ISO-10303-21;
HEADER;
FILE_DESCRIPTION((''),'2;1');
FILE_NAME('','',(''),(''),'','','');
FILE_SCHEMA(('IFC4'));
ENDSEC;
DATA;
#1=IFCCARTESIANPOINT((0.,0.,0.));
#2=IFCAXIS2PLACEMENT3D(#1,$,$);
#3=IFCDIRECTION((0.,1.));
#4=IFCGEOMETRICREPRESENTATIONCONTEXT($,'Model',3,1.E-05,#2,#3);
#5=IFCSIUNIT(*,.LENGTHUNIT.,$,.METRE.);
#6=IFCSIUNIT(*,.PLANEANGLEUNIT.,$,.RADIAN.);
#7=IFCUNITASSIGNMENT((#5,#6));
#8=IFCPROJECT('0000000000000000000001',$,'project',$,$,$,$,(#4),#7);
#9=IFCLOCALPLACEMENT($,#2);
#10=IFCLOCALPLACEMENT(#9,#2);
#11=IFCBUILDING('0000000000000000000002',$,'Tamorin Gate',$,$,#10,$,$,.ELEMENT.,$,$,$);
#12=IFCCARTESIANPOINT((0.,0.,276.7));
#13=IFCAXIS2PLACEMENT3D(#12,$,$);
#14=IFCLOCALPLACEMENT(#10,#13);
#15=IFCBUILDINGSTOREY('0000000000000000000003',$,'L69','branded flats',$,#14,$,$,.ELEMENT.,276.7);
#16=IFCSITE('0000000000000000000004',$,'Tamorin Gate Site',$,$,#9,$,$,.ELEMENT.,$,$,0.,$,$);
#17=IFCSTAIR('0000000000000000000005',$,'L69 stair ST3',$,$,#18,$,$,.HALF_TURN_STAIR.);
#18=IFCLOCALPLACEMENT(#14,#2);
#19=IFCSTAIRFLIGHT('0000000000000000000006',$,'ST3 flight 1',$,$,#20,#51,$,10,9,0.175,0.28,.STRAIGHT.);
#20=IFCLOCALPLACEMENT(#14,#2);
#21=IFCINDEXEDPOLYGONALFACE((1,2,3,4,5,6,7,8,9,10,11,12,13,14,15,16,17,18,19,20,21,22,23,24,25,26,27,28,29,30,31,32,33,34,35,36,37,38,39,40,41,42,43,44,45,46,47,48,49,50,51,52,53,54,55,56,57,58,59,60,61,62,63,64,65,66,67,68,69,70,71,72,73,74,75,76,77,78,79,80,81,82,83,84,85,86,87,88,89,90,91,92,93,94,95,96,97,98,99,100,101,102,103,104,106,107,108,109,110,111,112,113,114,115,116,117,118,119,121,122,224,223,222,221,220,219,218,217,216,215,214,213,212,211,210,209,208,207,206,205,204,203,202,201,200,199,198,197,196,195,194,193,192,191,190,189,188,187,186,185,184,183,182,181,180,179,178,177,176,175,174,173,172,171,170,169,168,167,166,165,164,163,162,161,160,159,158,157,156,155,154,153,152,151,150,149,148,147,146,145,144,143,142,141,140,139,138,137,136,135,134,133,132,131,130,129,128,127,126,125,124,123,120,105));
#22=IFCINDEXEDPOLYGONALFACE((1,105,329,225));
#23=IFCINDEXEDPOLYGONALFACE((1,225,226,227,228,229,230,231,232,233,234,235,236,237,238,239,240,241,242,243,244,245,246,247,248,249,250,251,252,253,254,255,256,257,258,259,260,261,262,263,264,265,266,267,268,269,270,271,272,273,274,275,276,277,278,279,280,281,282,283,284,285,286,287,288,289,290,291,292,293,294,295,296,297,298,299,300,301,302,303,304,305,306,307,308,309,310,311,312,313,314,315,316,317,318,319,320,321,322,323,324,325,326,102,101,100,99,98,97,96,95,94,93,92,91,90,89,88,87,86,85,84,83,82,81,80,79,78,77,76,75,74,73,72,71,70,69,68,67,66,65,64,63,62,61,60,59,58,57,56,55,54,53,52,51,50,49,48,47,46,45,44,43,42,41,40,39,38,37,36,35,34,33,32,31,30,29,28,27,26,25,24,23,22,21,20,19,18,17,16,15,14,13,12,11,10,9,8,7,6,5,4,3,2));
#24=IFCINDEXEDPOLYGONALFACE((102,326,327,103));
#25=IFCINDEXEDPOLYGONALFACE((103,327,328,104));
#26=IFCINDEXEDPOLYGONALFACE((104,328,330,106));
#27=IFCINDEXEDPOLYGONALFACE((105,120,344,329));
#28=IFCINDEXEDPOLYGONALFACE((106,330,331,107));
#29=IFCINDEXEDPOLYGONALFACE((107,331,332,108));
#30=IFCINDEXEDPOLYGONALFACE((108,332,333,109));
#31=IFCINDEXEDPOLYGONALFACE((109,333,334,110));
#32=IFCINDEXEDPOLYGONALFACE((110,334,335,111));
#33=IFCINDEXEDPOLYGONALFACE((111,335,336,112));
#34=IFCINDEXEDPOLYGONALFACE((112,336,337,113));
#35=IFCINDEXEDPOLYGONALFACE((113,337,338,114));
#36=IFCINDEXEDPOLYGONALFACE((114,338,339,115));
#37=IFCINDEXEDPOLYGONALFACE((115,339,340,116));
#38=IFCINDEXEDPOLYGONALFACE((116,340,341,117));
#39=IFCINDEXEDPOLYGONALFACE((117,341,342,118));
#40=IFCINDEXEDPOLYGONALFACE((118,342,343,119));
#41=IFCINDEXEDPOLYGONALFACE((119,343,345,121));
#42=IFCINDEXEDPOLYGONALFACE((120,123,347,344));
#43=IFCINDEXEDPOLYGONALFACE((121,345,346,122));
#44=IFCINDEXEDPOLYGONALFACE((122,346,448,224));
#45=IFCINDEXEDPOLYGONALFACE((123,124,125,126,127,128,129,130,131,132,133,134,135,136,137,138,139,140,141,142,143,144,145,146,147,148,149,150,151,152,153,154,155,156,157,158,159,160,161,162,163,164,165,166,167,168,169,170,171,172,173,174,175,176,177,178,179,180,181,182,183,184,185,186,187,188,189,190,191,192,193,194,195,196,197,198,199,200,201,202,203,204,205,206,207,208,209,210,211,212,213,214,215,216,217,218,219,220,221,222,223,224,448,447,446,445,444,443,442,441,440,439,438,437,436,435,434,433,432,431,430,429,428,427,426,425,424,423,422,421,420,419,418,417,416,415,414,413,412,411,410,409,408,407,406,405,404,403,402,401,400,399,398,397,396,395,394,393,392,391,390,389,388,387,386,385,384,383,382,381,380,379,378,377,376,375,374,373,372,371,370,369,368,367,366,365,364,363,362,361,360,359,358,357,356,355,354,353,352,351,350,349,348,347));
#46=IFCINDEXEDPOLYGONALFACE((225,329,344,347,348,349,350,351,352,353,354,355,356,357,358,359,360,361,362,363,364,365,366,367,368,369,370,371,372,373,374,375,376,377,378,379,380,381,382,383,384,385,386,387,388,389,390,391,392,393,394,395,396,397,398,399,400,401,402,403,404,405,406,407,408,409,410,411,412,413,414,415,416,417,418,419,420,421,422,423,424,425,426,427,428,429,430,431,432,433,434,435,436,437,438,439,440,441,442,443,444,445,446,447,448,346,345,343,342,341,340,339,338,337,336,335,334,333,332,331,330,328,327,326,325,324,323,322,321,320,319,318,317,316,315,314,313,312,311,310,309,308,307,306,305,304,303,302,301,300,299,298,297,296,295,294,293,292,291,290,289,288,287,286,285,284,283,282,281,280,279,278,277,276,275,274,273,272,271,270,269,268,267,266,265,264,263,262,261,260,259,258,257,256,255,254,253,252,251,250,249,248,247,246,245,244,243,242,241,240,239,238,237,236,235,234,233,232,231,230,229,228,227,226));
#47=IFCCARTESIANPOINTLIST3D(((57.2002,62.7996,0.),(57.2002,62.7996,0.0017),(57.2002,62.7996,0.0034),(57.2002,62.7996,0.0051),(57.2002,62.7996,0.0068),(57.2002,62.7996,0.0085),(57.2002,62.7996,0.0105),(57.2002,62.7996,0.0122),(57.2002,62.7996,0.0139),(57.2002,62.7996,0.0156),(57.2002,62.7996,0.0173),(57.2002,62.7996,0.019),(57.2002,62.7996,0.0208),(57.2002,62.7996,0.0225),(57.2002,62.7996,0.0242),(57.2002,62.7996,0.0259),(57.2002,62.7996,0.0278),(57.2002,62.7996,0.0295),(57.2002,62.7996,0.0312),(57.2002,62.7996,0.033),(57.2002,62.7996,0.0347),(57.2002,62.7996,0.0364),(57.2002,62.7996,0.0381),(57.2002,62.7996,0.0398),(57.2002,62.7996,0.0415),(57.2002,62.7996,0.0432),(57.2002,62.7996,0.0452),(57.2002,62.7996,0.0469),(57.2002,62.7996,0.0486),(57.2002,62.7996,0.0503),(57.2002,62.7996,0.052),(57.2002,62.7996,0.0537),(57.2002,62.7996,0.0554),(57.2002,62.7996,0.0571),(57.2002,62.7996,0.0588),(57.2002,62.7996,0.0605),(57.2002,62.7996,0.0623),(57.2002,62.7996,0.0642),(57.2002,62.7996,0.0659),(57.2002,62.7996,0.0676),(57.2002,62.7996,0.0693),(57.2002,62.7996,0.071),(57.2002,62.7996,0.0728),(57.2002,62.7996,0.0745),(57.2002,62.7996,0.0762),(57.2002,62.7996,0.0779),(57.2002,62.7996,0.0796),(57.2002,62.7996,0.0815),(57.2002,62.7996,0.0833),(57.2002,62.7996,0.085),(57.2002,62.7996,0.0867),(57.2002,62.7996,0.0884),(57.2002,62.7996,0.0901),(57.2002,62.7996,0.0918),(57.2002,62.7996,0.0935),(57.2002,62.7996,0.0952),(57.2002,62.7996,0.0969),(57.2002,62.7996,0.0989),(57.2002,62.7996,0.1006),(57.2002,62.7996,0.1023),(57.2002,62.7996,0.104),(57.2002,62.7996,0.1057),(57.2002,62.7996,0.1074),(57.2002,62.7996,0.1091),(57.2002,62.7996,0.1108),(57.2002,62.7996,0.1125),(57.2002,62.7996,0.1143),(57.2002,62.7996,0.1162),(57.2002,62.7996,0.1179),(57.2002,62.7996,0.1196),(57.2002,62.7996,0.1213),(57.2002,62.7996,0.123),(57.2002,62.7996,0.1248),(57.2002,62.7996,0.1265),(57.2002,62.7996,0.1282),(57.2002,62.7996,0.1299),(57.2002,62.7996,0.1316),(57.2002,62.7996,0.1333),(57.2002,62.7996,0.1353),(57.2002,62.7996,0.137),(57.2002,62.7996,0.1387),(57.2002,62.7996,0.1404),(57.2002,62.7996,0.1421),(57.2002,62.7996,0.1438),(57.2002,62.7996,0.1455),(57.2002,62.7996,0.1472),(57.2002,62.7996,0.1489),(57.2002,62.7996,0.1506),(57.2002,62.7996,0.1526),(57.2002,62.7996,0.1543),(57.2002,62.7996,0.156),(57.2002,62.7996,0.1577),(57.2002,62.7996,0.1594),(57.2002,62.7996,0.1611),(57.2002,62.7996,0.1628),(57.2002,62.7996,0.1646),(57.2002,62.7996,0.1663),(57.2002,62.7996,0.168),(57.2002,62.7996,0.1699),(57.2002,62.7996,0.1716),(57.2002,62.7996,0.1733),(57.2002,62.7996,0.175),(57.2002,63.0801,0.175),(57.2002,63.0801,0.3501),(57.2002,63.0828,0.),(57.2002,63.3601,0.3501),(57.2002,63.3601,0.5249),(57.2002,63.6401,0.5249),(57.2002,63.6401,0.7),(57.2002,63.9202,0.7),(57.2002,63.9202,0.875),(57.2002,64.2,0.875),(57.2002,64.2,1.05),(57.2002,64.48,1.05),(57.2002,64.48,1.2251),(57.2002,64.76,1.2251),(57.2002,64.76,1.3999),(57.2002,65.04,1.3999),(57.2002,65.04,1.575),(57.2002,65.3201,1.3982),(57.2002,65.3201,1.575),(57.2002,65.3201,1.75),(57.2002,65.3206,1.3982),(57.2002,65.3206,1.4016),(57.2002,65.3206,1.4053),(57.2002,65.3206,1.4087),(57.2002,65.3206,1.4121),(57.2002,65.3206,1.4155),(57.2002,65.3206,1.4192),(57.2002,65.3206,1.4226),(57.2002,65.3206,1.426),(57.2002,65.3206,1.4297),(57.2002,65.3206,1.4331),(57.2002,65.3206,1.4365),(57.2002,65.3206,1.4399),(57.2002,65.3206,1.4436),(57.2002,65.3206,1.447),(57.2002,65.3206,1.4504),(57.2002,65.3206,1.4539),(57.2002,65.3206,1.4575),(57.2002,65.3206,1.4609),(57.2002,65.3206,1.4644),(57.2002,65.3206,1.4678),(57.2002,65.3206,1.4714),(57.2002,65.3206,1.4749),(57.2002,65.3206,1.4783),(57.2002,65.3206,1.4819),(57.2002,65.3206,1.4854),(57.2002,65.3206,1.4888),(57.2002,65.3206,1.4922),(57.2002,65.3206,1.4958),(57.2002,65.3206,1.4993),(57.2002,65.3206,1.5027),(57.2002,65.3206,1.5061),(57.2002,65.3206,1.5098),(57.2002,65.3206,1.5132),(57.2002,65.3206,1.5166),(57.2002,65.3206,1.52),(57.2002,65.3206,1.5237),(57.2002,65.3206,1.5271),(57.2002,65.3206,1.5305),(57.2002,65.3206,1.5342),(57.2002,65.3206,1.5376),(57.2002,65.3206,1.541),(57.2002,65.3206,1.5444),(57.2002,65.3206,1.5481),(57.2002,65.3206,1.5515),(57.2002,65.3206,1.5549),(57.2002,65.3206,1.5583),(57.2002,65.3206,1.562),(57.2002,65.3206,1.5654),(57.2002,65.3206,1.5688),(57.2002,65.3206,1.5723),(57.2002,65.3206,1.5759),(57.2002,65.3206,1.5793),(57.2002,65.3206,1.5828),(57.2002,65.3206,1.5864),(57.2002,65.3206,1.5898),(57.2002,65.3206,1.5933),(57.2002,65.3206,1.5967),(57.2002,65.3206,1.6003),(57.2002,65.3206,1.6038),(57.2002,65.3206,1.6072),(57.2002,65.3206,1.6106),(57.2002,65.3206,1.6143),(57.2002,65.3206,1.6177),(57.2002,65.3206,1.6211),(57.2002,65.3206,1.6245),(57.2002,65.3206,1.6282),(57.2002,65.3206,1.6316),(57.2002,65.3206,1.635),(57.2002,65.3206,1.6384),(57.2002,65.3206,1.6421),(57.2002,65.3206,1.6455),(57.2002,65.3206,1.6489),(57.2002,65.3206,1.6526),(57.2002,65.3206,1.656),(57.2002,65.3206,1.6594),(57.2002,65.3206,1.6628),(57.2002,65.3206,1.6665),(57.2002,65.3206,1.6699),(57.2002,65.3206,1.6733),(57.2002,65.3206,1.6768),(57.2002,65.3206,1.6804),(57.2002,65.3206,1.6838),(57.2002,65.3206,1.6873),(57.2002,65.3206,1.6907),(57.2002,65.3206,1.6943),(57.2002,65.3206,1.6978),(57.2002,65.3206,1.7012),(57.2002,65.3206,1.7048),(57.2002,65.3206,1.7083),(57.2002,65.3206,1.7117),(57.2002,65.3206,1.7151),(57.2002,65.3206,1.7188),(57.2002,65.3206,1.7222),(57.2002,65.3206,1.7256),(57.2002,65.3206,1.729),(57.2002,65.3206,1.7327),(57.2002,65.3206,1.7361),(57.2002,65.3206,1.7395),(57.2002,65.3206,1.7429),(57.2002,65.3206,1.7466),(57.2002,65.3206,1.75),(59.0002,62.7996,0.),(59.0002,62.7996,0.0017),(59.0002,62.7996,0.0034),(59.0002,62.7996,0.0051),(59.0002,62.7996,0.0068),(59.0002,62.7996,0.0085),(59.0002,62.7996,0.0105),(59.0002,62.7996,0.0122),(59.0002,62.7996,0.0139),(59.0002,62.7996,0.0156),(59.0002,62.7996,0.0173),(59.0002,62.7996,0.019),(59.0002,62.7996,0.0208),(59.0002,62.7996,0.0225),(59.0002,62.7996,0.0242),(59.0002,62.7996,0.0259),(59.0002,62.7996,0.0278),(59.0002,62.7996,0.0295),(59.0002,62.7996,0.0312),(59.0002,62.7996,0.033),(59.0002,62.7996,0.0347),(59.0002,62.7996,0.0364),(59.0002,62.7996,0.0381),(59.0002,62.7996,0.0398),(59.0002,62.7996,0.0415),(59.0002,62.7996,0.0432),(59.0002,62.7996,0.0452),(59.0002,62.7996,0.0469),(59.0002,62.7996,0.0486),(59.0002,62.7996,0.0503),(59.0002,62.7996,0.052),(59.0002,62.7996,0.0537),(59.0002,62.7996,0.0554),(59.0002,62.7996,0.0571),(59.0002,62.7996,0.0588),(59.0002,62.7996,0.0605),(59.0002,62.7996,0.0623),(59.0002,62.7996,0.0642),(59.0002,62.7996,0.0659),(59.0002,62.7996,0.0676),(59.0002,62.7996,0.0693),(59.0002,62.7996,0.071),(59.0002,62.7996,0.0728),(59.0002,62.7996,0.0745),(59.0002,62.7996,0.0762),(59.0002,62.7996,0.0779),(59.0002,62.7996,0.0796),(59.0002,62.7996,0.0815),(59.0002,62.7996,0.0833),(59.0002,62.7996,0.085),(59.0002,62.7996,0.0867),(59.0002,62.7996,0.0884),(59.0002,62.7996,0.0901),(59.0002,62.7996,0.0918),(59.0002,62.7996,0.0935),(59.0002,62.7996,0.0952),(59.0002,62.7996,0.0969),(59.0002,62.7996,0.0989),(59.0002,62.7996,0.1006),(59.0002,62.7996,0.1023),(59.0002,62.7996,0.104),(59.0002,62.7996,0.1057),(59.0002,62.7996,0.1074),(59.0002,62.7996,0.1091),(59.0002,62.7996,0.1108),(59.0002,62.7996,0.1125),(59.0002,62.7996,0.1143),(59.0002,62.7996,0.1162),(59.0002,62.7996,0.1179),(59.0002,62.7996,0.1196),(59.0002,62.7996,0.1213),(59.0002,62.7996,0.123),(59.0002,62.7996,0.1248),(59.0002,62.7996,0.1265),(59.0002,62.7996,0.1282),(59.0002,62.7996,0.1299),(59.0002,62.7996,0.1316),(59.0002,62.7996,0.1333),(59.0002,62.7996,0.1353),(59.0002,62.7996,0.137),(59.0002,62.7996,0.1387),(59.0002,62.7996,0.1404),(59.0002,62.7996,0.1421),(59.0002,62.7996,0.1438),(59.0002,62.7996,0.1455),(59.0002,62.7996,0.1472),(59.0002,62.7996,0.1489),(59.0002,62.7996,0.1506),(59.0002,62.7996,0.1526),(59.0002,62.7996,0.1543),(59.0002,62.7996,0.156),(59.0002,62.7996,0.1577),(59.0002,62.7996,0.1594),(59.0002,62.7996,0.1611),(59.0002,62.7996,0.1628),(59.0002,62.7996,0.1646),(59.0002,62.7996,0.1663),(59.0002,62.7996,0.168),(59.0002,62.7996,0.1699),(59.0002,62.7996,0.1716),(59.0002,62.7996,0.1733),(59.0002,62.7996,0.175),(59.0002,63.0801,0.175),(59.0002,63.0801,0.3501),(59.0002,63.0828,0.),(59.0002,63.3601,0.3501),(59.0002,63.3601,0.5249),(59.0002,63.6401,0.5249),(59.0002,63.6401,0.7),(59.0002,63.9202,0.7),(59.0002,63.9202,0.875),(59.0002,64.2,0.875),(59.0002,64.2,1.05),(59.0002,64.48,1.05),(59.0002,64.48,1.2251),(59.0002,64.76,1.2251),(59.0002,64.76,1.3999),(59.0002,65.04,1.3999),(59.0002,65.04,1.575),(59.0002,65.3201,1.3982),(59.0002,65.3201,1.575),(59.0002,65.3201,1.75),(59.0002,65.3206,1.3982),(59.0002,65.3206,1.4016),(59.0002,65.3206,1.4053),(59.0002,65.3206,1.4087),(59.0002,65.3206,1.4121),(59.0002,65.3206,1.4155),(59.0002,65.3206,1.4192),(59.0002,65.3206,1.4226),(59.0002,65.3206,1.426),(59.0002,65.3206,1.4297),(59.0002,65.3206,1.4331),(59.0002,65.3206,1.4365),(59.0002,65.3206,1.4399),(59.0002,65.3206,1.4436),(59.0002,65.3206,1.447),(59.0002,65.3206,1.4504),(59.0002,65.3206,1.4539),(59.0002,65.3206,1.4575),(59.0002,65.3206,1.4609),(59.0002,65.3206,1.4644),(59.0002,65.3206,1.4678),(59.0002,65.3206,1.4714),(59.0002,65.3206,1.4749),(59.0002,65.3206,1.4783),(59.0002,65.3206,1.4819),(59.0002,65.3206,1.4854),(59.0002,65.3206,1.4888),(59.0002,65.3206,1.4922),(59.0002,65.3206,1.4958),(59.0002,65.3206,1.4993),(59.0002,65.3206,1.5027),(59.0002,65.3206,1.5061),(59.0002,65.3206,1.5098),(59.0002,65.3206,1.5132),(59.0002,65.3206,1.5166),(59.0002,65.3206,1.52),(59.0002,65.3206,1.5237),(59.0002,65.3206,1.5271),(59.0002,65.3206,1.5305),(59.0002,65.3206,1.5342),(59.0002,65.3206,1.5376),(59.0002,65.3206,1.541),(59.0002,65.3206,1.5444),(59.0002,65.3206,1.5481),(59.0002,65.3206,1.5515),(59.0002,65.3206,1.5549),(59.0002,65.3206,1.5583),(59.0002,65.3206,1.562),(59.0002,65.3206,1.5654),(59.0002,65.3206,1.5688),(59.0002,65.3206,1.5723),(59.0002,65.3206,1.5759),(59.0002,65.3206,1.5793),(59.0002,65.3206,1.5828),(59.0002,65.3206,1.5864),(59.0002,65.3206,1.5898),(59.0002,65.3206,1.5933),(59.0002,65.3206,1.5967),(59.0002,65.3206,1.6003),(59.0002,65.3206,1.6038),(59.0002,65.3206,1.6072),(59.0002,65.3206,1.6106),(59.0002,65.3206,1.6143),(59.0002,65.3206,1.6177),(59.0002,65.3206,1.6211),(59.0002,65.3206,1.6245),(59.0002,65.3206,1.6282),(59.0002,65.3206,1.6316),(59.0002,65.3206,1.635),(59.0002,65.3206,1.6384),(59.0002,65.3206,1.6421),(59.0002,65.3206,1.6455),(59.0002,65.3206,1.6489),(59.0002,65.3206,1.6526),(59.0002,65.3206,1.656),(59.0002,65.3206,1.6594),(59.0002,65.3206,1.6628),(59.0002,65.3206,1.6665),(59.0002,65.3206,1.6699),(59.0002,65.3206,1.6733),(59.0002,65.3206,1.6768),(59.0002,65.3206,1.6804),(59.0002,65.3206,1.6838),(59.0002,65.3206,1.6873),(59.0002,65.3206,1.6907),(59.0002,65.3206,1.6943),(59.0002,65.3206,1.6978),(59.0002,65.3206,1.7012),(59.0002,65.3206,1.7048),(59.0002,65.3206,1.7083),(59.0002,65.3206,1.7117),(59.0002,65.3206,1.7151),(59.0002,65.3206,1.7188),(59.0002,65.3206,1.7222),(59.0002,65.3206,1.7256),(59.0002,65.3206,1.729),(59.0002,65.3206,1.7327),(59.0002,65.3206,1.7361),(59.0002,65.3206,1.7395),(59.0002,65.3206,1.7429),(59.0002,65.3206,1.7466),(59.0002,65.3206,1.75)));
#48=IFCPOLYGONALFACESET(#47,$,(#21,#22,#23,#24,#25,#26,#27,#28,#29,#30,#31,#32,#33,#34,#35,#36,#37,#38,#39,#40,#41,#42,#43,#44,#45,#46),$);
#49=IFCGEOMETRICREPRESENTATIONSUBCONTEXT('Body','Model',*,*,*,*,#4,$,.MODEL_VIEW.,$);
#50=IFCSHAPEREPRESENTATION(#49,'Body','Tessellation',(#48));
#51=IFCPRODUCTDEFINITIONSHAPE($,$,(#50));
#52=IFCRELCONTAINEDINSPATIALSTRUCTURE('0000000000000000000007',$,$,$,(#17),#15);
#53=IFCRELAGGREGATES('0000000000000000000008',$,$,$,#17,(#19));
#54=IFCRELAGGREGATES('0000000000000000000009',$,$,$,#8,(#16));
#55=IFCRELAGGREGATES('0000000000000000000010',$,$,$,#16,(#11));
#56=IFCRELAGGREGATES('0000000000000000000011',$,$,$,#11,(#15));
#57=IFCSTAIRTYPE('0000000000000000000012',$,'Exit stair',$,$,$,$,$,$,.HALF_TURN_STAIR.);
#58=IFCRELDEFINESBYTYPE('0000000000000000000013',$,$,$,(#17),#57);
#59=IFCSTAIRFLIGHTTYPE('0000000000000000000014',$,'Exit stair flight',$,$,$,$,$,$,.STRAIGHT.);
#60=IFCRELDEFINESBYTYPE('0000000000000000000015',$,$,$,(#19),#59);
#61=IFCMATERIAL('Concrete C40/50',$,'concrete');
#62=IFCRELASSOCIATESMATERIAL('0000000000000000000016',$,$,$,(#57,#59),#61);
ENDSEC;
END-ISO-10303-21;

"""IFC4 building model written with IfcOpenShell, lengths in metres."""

from ifc_helpers import new_model, si_unit, direction, frame, origin, place, context, subcontext, project, spatial, polyline, outline, extrude, material, type_object, element, aggregate, save


model = new_model("IFC4")

# Units and contexts
model_context = context("Model", 3, precision=1e-05, world=origin(), true_north=direction((0.0, 1.0)))
body_context = subcontext(model_context, "Body", "Model", "MODEL_VIEW")
ifc_project = project(units=[si_unit("LENGTHUNIT", "METRE"), si_unit("PLANEANGLEUNIT", "RADIAN")], contexts=[model_context])

# Site, building, storey
site_placement = place(None, origin())
site = spatial("IfcSite", under=ifc_project, at=site_placement, Name="Tamorin Gate Site", CompositionType="ELEMENT", RefElevation=0.0)
building_placement = place(site_placement, origin())
building = spatial("IfcBuilding", under=site, at=building_placement, Name="Tamorin Gate", CompositionType="ELEMENT")
storey_placement = place(building_placement, frame((0.0, 0.0, 276.7)))
storey = spatial("IfcBuildingStorey", under=building, at=storey_placement, Name="L69", Description="branded flats", CompositionType="ELEMENT", Elevation=276.7)

# Stair, stair flight
ifc_material_1 = material(Name="Concrete C40/50", Category="concrete")
stair_type = type_object("IfcStairType", Name="Exit stair", PredefinedType="HALF_TURN_STAIR", material=ifc_material_1)
stair_placement = place(storey_placement, origin())
stair = element("IfcStair", 1, at=stair_placement, inside=storey, type_object=stair_type, Name="L69 stair ST3", PredefinedType="HALF_TURN_STAIR")
stair_flight_type = type_object("IfcStairFlightType", Name="Exit stair flight", PredefinedType="STRAIGHT", material=ifc_material_1)
stair_flight_placement = place(storey_placement, frame((58.1001, 62.8, 0.0), z_axis=(0.0, 0.0, 1.0), x_axis=(0.0, 1.0, 0.0)))
stair_flight = element("IfcStairFlight", 2, at=stair_flight_placement, type_object=stair_flight_type, Name="ST3 flight 1", NumberOfRisers=10, NumberOfTreads=9, PredefinedType="STRAIGHT", RiserHeight=0.175, TreadLength=0.28, context=body_context, shape_type="SweptSolid", body=[
    extrude(outline(polyline([(-0.0005, 0.0), (-0.0005, 0.0017), (-0.0005, 0.0034), (-0.0005, 0.0051), (-0.0005, 0.0068), (-0.0005, 0.0085), (-0.0005, 0.0105), (-0.0005, 0.0122), (-0.0005, 0.0139), (-0.0005, 0.0156), (-0.0005, 0.0173), (-0.0005, 0.019), (-0.0005, 0.0208), (-0.0005, 0.0225), (-0.0005, 0.0242), (-0.0005, 0.0259), (-0.0005, 0.0278), (-0.0005, 0.0295), (-0.0005, 0.0312), (-0.0005, 0.033), (-0.0005, 0.0347), (-0.0005, 0.0364), (-0.0005, 0.0381), (-0.0005, 0.0398), (-0.0005, 0.0415), (-0.0005, 0.0432), (-0.0005, 0.0452), (-0.0005, 0.0469), (-0.0005, 0.0486), (-0.0005, 0.0503), (-0.0005, 0.052), (-0.0005, 0.0537), (-0.0005, 0.0554), (-0.0005, 0.0571), (-0.0005, 0.0588), (-0.0005, 0.0605), (-0.0005, 0.0623), (-0.0005, 0.0642), (-0.0005, 0.0659), (-0.0005, 0.0676), (-0.0005, 0.0693), (-0.0005, 0.071), (-0.0005, 0.0728), (-0.0005, 0.0745), (-0.0005, 0.0762), (-0.0005, 0.0779), (-0.0005, 0.0796), (-0.0005, 0.0815), (-0.0005, 0.0833), (-0.0005, 0.085), (-0.0005, 0.0867), (-0.0005, 0.0884), (-0.0005, 0.0901), (-0.0005, 0.0918), (-0.0005, 0.0935), (-0.0005, 0.0952), (-0.0005, 0.0969), (-0.0005, 0.0989), (-0.0005, 0.1006), (-0.0005, 0.1023), (-0.0005, 0.104), (-0.0005, 0.1057), (-0.0005, 0.1074), (-0.0005, 0.1091), (-0.0005, 0.1108), (-0.0005, 0.1125), (-0.0005, 0.1143), (-0.0005, 0.1162), (-0.0005, 0.1179), (-0.0005, 0.1196), (-0.0005, 0.1213), (-0.0005, 0.123), (-0.0005, 0.1248), (-0.0005, 0.1265), (-0.0005, 0.1282), (-0.0005, 0.1299), (-0.0005, 0.1316), (-0.0005, 0.1333), (-0.0005, 0.1353), (-0.0005, 0.137), (-0.0005, 0.1387), (-0.0005, 0.1404), (-0.0005, 0.1421), (-0.0005, 0.1438), (-0.0005, 0.1455), (-0.0005, 0.1472), (-0.0005, 0.1489), (-0.0005, 0.1506), (-0.0005, 0.1526), (-0.0005, 0.1543), (-0.0005, 0.156), (-0.0005, 0.1577), (-0.0005, 0.1594), (-0.0005, 0.1611), (-0.0005, 0.1628), (-0.0005, 0.1646), (-0.0005, 0.1663), (-0.0005, 0.168), (-0.0005, 0.1699), (-0.0005, 0.1716), (-0.0005, 0.1733), (-0.0005, 0.175), (0.28, 0.175), (0.28, 0.3501), (0.5601, 0.3501), (0.5601, 0.5249), (0.8401, 0.5249), (0.8401, 0.7), (1.1201, 0.7), (1.1201, 0.875), (1.3999, 0.875), (1.3999, 1.05), (1.6799, 1.05), (1.6799, 1.2251), (1.96, 1.2251), (1.96, 1.3999), (2.24, 1.3999), (2.24, 1.575), (2.52, 1.575), (2.52, 1.75), (2.5205, 1.75), (2.5205, 1.7466), (2.5205, 1.7429), (2.5205, 1.7395), (2.5205, 1.7361), (2.5205, 1.7327), (2.5205, 1.729), (2.5205, 1.7256), (2.5205, 1.7222), (2.5205, 1.7188), (2.5205, 1.7151), (2.5205, 1.7117), (2.5205, 1.7083), (2.5205, 1.7048), (2.5205, 1.7012), (2.5205, 1.6978), (2.5205, 1.6943), (2.5205, 1.6907), (2.5205, 1.6873), (2.5205, 1.6838), (2.5205, 1.6804), (2.5205, 1.6768), (2.5205, 1.6733), (2.5205, 1.6699), (2.5205, 1.6665), (2.5205, 1.6628), (2.5205, 1.6594), (2.5205, 1.656), (2.5205, 1.6526), (2.5205, 1.6489), (2.5205, 1.6455), (2.5205, 1.6421), (2.5205, 1.6384), (2.5205, 1.635), (2.5205, 1.6316), (2.5205, 1.6282), (2.5205, 1.6245), (2.5205, 1.6211), (2.5205, 1.6177), (2.5205, 1.6143), (2.5205, 1.6106), (2.5205, 1.6072), (2.5205, 1.6038), (2.5205, 1.6003), (2.5205, 1.5967), (2.5205, 1.5933), (2.5205, 1.5898), (2.5205, 1.5864), (2.5205, 1.5828), (2.5205, 1.5793), (2.5205, 1.5759), (2.5205, 1.5723), (2.5205, 1.5688), (2.5205, 1.5654), (2.5205, 1.562), (2.5205, 1.5583), (2.5205, 1.5549), (2.5205, 1.5515), (2.5205, 1.5481), (2.5205, 1.5444), (2.5205, 1.541), (2.5205, 1.5376), (2.5205, 1.5342), (2.5205, 1.5305), (2.5205, 1.5271), (2.5205, 1.5237), (2.5205, 1.52), (2.5205, 1.5166), (2.5205, 1.5132), (2.5205, 1.5098), (2.5205, 1.5061), (2.5205, 1.5027), (2.5205, 1.4993), (2.5205, 1.4958), (2.5205, 1.4922), (2.5205, 1.4888), (2.5205, 1.4854), (2.5205, 1.4819), (2.5205, 1.4783), (2.5205, 1.4749), (2.5205, 1.4714), (2.5205, 1.4678), (2.5205, 1.4644), (2.5205, 1.4609), (2.5205, 1.4575), (2.5205, 1.4539), (2.5205, 1.4504), (2.5205, 1.447), (2.5205, 1.4436), (2.5205, 1.4399), (2.5205, 1.4365), (2.5205, 1.4331), (2.5205, 1.4297), (2.5205, 1.426), (2.5205, 1.4226), (2.5205, 1.4192), (2.5205, 1.4155), (2.5205, 1.4121), (2.5205, 1.4087), (2.5205, 1.4053), (2.5205, 1.4016), (2.5205, 1.3982), (2.52, 1.3982), (0.2827, 0.0), (-0.0005, 0.0)])), frame((0.0, 0.8999, 0.0), z_axis=(0.0, -1.0, 0.0), x_axis=(1.0, 0.0, 0.0)), (0.0, 0.0, 1.0), 1.8),
])
aggregate(stair, [stair_flight])

save(model, "model.ifc")
